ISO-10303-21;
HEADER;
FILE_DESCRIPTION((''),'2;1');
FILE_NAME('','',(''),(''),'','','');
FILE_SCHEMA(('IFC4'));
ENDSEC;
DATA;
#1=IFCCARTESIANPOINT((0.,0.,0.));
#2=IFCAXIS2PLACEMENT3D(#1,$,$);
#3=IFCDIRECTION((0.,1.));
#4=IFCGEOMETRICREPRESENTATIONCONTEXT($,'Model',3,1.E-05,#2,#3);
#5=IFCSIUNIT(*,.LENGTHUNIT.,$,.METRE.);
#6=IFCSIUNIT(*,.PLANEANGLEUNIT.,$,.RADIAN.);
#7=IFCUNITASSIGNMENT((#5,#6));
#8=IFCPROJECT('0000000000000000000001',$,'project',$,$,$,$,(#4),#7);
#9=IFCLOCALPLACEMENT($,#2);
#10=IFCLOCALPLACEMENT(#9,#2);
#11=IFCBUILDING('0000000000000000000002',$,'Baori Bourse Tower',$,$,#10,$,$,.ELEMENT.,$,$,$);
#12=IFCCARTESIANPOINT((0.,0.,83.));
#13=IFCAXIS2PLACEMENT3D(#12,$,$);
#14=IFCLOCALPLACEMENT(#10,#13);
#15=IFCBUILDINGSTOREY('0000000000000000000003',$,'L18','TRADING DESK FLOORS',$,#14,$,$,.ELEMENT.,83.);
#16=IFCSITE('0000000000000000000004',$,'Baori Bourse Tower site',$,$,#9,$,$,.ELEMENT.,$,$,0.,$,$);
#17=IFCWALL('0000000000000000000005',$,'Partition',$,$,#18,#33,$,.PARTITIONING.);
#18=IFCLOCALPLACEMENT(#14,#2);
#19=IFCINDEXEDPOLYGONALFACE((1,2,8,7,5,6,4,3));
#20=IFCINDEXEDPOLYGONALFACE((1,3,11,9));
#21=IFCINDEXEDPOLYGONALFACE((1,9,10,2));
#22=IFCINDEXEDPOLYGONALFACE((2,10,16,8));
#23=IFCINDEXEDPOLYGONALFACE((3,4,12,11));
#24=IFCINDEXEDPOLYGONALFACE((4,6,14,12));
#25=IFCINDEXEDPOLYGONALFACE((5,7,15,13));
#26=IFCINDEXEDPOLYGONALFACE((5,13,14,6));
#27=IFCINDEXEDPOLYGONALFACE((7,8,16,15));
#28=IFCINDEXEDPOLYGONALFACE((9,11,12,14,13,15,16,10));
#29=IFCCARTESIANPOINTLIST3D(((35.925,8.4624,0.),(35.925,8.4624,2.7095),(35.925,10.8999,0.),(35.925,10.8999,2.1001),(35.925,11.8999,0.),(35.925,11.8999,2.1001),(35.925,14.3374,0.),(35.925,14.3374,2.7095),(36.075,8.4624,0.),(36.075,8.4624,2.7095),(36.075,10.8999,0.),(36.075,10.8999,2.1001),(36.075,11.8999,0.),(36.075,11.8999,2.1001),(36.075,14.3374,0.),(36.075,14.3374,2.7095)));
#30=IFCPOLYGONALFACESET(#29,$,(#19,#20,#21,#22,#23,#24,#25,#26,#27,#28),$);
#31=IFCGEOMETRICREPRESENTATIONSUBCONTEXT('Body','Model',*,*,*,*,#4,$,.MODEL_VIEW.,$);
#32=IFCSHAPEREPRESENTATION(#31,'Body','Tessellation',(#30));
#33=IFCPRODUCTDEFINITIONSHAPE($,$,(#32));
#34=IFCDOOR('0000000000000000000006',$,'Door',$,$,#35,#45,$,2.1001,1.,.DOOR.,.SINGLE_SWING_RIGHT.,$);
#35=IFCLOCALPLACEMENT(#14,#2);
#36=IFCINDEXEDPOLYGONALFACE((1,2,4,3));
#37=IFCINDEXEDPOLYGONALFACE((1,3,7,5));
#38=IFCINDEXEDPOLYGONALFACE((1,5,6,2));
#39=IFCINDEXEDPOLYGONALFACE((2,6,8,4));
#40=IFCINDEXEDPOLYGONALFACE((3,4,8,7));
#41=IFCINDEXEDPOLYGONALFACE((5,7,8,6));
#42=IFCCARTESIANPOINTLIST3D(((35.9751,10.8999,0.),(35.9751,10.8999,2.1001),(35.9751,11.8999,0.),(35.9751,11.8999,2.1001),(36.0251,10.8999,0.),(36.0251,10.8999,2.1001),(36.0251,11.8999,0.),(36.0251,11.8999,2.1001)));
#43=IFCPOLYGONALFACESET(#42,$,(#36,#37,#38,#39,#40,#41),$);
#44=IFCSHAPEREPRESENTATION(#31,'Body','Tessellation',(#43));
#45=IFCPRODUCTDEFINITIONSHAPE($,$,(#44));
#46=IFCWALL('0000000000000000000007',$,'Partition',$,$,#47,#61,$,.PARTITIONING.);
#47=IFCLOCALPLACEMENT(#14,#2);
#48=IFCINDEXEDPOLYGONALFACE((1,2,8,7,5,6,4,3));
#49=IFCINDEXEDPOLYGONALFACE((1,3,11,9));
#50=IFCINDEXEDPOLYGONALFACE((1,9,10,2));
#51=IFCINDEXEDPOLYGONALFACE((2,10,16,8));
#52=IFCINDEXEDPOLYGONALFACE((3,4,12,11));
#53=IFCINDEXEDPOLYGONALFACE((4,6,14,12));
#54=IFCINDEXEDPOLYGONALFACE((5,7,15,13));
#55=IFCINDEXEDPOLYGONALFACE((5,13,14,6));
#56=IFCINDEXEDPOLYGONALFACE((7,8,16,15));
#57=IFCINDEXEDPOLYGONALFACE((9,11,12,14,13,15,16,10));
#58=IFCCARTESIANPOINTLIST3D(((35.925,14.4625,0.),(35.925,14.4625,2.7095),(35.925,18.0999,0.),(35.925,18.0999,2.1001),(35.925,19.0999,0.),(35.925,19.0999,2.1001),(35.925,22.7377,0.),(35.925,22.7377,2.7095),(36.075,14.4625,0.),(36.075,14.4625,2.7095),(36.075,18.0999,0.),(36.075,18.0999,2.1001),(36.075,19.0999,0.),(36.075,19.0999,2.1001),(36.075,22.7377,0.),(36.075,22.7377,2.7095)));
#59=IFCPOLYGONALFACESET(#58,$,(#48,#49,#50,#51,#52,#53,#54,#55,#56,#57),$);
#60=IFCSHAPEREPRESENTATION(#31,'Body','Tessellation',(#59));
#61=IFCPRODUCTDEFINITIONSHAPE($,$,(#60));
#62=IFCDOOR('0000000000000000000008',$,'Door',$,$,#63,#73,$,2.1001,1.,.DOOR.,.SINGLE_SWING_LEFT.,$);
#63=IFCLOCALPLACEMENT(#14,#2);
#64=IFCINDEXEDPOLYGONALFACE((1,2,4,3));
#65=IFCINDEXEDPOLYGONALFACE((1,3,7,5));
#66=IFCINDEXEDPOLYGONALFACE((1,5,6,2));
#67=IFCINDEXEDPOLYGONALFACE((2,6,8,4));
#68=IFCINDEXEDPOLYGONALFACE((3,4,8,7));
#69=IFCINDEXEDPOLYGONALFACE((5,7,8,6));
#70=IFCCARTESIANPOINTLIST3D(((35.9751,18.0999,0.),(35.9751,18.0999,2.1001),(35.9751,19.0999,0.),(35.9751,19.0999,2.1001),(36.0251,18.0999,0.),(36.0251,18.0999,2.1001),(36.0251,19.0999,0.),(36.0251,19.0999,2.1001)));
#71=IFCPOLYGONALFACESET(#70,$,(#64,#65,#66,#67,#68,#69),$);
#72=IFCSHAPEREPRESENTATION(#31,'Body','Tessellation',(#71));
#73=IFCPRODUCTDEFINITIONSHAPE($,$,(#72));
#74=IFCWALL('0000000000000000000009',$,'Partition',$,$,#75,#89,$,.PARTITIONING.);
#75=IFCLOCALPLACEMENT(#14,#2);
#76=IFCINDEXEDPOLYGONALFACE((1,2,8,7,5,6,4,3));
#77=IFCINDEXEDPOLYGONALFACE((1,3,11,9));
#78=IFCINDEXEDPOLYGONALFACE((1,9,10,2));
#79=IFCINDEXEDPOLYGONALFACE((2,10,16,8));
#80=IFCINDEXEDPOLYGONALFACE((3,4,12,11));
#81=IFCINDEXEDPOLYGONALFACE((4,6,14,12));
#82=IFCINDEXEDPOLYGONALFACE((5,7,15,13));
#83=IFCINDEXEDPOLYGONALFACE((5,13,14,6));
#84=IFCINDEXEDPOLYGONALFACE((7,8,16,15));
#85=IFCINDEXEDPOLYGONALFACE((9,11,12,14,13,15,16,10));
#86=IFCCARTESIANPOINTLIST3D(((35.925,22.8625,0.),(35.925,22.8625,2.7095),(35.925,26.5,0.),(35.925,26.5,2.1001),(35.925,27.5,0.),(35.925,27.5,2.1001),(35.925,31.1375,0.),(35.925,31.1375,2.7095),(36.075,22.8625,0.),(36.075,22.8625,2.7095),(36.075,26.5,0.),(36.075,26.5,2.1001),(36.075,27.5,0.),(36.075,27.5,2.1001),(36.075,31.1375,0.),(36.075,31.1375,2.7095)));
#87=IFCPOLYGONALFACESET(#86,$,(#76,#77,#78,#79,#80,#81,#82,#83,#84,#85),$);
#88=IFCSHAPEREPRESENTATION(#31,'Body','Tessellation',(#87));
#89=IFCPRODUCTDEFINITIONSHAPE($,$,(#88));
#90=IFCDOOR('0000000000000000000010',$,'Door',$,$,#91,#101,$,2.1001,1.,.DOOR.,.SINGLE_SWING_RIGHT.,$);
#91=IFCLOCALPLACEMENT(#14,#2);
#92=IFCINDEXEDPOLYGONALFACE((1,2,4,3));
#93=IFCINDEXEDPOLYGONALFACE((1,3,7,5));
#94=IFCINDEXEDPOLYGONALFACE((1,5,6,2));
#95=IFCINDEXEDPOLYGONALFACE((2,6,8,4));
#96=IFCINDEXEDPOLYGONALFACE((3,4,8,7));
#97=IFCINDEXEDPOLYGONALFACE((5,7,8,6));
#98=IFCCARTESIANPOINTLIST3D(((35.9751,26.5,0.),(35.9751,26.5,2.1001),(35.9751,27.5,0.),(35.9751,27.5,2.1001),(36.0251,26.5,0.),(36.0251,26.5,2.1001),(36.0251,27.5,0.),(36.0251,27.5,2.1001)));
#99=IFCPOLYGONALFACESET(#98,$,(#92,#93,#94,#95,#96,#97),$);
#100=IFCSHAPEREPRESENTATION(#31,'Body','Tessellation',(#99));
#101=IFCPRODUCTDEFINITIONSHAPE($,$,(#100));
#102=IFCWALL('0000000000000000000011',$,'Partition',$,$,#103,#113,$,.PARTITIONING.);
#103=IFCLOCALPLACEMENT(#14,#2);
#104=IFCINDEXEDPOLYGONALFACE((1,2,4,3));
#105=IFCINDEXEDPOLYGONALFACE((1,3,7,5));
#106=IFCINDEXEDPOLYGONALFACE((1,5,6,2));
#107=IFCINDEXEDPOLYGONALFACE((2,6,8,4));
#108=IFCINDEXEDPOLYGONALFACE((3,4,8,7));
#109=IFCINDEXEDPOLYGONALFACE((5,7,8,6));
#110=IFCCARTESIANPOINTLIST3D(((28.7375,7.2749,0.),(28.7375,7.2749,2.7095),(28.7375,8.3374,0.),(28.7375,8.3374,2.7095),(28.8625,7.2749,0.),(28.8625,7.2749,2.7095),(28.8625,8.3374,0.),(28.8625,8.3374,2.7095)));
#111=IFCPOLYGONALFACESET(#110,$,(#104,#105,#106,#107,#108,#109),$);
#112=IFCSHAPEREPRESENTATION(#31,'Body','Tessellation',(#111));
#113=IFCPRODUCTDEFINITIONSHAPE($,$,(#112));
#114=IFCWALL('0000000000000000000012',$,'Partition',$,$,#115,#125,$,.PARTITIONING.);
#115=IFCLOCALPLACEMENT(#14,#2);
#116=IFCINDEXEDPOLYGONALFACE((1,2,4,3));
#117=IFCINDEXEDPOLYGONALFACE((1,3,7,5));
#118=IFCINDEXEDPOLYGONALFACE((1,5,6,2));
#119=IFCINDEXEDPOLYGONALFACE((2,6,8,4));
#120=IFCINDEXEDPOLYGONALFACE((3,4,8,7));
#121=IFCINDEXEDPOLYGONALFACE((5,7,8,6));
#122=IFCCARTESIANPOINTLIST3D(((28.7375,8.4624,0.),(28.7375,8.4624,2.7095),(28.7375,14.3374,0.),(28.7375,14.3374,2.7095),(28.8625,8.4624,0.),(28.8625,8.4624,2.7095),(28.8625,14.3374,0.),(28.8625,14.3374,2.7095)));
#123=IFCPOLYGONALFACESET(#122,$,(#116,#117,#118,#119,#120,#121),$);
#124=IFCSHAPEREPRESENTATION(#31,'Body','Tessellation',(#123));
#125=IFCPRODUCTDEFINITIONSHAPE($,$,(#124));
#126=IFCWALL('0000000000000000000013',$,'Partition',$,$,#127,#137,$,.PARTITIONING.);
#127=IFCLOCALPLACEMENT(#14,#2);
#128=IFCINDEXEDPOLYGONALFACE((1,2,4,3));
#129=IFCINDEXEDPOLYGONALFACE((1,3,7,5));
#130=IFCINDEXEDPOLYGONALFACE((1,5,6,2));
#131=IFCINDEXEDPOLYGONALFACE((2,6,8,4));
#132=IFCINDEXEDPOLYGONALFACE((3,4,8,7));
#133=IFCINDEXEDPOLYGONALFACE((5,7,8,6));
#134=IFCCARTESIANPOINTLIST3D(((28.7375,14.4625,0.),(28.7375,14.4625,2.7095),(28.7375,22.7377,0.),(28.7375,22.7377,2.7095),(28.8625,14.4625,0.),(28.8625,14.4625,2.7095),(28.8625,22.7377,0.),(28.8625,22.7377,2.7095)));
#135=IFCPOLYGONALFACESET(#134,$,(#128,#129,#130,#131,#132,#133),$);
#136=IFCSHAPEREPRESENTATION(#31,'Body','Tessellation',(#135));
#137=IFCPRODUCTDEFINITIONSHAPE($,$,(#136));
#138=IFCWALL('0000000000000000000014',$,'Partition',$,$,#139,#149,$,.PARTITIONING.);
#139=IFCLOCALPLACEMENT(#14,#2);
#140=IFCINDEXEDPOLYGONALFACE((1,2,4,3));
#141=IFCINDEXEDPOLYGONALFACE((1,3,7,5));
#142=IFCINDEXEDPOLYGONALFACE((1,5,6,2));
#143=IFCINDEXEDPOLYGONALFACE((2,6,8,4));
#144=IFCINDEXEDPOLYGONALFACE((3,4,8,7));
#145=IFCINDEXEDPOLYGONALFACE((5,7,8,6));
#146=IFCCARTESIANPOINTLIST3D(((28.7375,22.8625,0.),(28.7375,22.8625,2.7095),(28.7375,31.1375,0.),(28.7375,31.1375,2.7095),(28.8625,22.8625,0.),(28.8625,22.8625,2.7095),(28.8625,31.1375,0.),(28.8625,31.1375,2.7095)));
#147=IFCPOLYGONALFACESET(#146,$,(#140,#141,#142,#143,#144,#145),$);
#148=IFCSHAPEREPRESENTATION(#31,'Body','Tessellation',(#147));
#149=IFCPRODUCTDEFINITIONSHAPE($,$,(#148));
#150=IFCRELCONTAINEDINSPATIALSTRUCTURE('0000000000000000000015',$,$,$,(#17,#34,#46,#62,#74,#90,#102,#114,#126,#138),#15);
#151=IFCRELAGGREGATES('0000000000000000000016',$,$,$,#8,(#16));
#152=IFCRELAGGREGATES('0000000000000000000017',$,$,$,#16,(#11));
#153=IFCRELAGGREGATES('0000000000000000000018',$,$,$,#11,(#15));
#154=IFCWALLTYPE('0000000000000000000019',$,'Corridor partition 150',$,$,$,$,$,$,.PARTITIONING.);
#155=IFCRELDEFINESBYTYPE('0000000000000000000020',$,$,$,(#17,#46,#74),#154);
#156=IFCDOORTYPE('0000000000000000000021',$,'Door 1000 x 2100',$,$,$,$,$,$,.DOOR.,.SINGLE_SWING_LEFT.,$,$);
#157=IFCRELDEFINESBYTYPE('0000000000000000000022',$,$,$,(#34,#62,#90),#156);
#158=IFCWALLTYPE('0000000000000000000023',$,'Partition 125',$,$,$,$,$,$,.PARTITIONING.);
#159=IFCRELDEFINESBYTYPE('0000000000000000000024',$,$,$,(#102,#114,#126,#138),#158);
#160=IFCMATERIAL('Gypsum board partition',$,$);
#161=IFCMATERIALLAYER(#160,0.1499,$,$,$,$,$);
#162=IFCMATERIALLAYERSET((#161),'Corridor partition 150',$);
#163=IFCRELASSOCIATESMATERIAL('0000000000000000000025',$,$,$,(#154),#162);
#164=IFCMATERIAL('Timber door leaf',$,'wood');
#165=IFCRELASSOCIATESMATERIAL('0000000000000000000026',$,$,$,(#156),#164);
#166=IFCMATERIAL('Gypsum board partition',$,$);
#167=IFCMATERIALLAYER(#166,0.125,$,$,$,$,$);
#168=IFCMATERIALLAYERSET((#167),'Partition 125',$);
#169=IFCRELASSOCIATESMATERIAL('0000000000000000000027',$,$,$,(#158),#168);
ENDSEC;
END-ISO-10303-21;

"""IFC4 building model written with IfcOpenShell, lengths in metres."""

from ifc_helpers import new_model, si_unit, direction, frame, frame_2d, origin, place, context, subcontext, project, spatial, rectangle, extrude, material, layer, layer_set, type_object, element, fill, save


model = new_model("IFC4")

# Units and contexts
model_context = context("Model", 3, precision=1e-05, world=origin(), true_north=direction((0.0, 1.0)))
body_context = subcontext(model_context, "Body", "Model", "MODEL_VIEW")
ifc_project = project(units=[si_unit("LENGTHUNIT", "METRE"), si_unit("PLANEANGLEUNIT", "RADIAN")], contexts=[model_context])

# Site, building, storey
site_placement = place(None, origin())
site = spatial("IfcSite", under=ifc_project, at=site_placement, Name="Baori Bourse Tower site", CompositionType="ELEMENT", RefElevation=0.0)
building_placement = place(site_placement, origin())
building = spatial("IfcBuilding", under=site, at=building_placement, Name="Baori Bourse Tower", CompositionType="ELEMENT")
storey_placement = place(building_placement, frame((0.0, 0.0, 83.0)))
storey = spatial("IfcBuildingStorey", under=building, at=storey_placement, Name="L18", Description="TRADING DESK FLOORS", CompositionType="ELEMENT", Elevation=83.0)

# Shared definitions
ifc_material_1 = material(Name="Gypsum board partition")
ifc_layer_1 = layer(ifc_material_1, 0.1499)
ifc_layer_set_1 = layer_set([ifc_layer_1], Name="Corridor partition 150")
wall_type_1 = type_object("IfcWallType", Name="Corridor partition 150", PredefinedType="PARTITIONING", material=ifc_layer_set_1)
ifc_material_2 = material(Name="Timber door leaf", Category="wood")
door_type_1 = type_object("IfcDoorType", Name="Door 1000 x 2100", OperationType="SINGLE_SWING_LEFT", PredefinedType="DOOR", material=ifc_material_2)

# Walls, openings, doors
wall_1_placement = place(storey_placement, frame((36.0, 8.4624, 0.0), z_axis=(0.0, 0.0, 1.0), x_axis=(0.0, 1.0, 0.0)))
wall_1 = element("IfcWall", 1, at=wall_1_placement, inside=storey, type_object=wall_type_1, Name="Partition", PredefinedType="PARTITIONING", context=body_context, shape_type="SweptSolid", body=[
    extrude(rectangle(XDim=5.875, YDim=0.1499, at=frame_2d((2.9375, 0.0))), origin(), (0.0, 0.0, 1.0), 2.7095),
])
opening_1_placement = place(wall_1_placement, frame((2.4375, 0.0, 0.0)))
opening_1 = element("IfcOpeningElement", 2, at=opening_1_placement, cuts=wall_1, PredefinedType="OPENING", context=body_context, shape_type="SweptSolid", body=[
    extrude(rectangle(XDim=1.0, YDim=2.1001, at=frame_2d((0.5, 1.05))), frame((0.0, 0.085, 0.0), z_axis=(0.0, -1.0, 0.0), x_axis=(1.0, 0.0, 0.0)), (0.0, 0.0, 1.0), 0.1699),
])
door_1_placement = place(opening_1_placement, origin())
door_1 = element("IfcDoor", 3, at=door_1_placement, inside=storey, type_object=door_type_1, Name="Door", OperationType="SINGLE_SWING_RIGHT", OverallHeight=2.1001, OverallWidth=1.0, PredefinedType="DOOR", context=body_context, shape_type="SweptSolid", body=[
    extrude(rectangle(XDim=1.0, YDim=2.1001, at=frame_2d((0.5, 1.05))), frame((0.0, 0.0249, 0.0), z_axis=(0.0, -1.0, 0.0), x_axis=(1.0, 0.0, 0.0)), (0.0, 0.0, 1.0), 0.05),
])
fill(opening_1, door_1)
wall_2_placement = place(storey_placement, frame((36.0, 14.4624, 0.0), z_axis=(0.0, 0.0, 1.0), x_axis=(0.0, 1.0, 0.0)))
wall_2 = element("IfcWall", 4, at=wall_2_placement, inside=storey, type_object=wall_type_1, Name="Partition", PredefinedType="PARTITIONING", context=body_context, shape_type="SweptSolid", body=[
    extrude(rectangle(XDim=8.2751, YDim=0.1499, at=frame_2d((4.1377, 0.0))), origin(), (0.0, 0.0, 1.0), 2.7095),
])
opening_2_placement = place(wall_2_placement, frame((3.6375, 0.0, 0.0)))
opening_2 = element("IfcOpeningElement", 5, at=opening_2_placement, cuts=wall_2, PredefinedType="OPENING", context=body_context, shape_type="SweptSolid", body=[
    extrude(rectangle(XDim=1.0, YDim=2.1001, at=frame_2d((0.5, 1.05))), frame((0.0, 0.085, 0.0), z_axis=(0.0, -1.0, 0.0), x_axis=(1.0, 0.0, 0.0)), (0.0, 0.0, 1.0), 0.1699),
])
door_2_placement = place(opening_2_placement, origin())
door_2 = element("IfcDoor", 6, at=door_2_placement, inside=storey, type_object=door_type_1, Name="Door", OperationType="SINGLE_SWING_LEFT", OverallHeight=2.1001, OverallWidth=1.0, PredefinedType="DOOR", context=body_context, shape_type="SweptSolid", body=[
    extrude(rectangle(XDim=1.0, YDim=2.1001, at=frame_2d((0.5, 1.05))), frame((0.0, 0.0249, 0.0), z_axis=(0.0, -1.0, 0.0), x_axis=(1.0, 0.0, 0.0)), (0.0, 0.0, 1.0), 0.05),
])
fill(opening_2, door_2)
wall_3_placement = place(storey_placement, frame((36.0, 22.8625, 0.0), z_axis=(0.0, 0.0, 1.0), x_axis=(0.0, 1.0, 0.0)))
wall_3 = element("IfcWall", 7, at=wall_3_placement, inside=storey, type_object=wall_type_1, Name="Partition", PredefinedType="PARTITIONING", context=body_context, shape_type="SweptSolid", body=[
    extrude(rectangle(XDim=8.2749, YDim=0.1499, at=frame_2d((4.1375, 0.0))), origin(), (0.0, 0.0, 1.0), 2.7095),
])
opening_3_placement = place(wall_3_placement, frame((3.6375, 0.0, 0.0)))
opening_3 = element("IfcOpeningElement", 8, at=opening_3_placement, cuts=wall_3, PredefinedType="OPENING", context=body_context, shape_type="SweptSolid", body=[
    extrude(rectangle(XDim=1.0, YDim=2.1001, at=frame_2d((0.5, 1.05))), frame((0.0, 0.085, 0.0), z_axis=(0.0, -1.0, 0.0), x_axis=(1.0, 0.0, 0.0)), (0.0, 0.0, 1.0), 0.1699),
])
door_3_placement = place(opening_3_placement, origin())
door_3 = element("IfcDoor", 9, at=door_3_placement, inside=storey, type_object=door_type_1, Name="Door", OperationType="SINGLE_SWING_RIGHT", OverallHeight=2.1001, OverallWidth=1.0, PredefinedType="DOOR", context=body_context, shape_type="SweptSolid", body=[
    extrude(rectangle(XDim=1.0, YDim=2.1001, at=frame_2d((0.5, 1.05))), frame((0.0, 0.0249, 0.0), z_axis=(0.0, -1.0, 0.0), x_axis=(1.0, 0.0, 0.0)), (0.0, 0.0, 1.0), 0.05),
])
fill(opening_3, door_3)

# Walls
ifc_material_3 = material(Name="Gypsum board partition")
ifc_layer_2 = layer(ifc_material_3, 0.125)
ifc_layer_set_2 = layer_set([ifc_layer_2], Name="Partition 125")
wall_type_2 = type_object("IfcWallType", Name="Partition 125", PredefinedType="PARTITIONING", material=ifc_layer_set_2)
wall_4_placement = place(storey_placement, frame((28.8, 7.2749, 0.0), z_axis=(0.0, 0.0, 1.0), x_axis=(0.0, 1.0, 0.0)))
element("IfcWall", 10, at=wall_4_placement, inside=storey, type_object=wall_type_2, Name="Partition", PredefinedType="PARTITIONING", context=body_context, shape_type="SweptSolid", body=[
    extrude(rectangle(XDim=1.0625, YDim=0.125, at=frame_2d((0.5312, 0.0))), origin(), (0.0, 0.0, 1.0), 2.7095),
])
wall_5_placement = place(storey_placement, frame((28.8, 8.4624, 0.0), z_axis=(0.0, 0.0, 1.0), x_axis=(0.0, 1.0, 0.0)))
element("IfcWall", 11, at=wall_5_placement, inside=storey, type_object=wall_type_2, Name="Partition", PredefinedType="PARTITIONING", context=body_context, shape_type="SweptSolid", body=[
    extrude(rectangle(XDim=5.875, YDim=0.125, at=frame_2d((2.9375, 0.0))), origin(), (0.0, 0.0, 1.0), 2.7095),
])
wall_6_placement = place(storey_placement, frame((28.8, 14.4624, 0.0), z_axis=(0.0, 0.0, 1.0), x_axis=(0.0, 1.0, 0.0)))
element("IfcWall", 12, at=wall_6_placement, inside=storey, type_object=wall_type_2, Name="Partition", PredefinedType="PARTITIONING", context=body_context, shape_type="SweptSolid", body=[
    extrude(rectangle(XDim=8.2751, YDim=0.125, at=frame_2d((4.1377, 0.0))), origin(), (0.0, 0.0, 1.0), 2.7095),
])
wall_7_placement = place(storey_placement, frame((28.8, 22.8625, 0.0), z_axis=(0.0, 0.0, 1.0), x_axis=(0.0, 1.0, 0.0)))
element("IfcWall", 13, at=wall_7_placement, inside=storey, type_object=wall_type_2, Name="Partition", PredefinedType="PARTITIONING", context=body_context, shape_type="SweptSolid", body=[
    extrude(rectangle(XDim=8.2749, YDim=0.125, at=frame_2d((4.1375, 0.0))), origin(), (0.0, 0.0, 1.0), 2.7095),
])

save(model, "model.ifc")
